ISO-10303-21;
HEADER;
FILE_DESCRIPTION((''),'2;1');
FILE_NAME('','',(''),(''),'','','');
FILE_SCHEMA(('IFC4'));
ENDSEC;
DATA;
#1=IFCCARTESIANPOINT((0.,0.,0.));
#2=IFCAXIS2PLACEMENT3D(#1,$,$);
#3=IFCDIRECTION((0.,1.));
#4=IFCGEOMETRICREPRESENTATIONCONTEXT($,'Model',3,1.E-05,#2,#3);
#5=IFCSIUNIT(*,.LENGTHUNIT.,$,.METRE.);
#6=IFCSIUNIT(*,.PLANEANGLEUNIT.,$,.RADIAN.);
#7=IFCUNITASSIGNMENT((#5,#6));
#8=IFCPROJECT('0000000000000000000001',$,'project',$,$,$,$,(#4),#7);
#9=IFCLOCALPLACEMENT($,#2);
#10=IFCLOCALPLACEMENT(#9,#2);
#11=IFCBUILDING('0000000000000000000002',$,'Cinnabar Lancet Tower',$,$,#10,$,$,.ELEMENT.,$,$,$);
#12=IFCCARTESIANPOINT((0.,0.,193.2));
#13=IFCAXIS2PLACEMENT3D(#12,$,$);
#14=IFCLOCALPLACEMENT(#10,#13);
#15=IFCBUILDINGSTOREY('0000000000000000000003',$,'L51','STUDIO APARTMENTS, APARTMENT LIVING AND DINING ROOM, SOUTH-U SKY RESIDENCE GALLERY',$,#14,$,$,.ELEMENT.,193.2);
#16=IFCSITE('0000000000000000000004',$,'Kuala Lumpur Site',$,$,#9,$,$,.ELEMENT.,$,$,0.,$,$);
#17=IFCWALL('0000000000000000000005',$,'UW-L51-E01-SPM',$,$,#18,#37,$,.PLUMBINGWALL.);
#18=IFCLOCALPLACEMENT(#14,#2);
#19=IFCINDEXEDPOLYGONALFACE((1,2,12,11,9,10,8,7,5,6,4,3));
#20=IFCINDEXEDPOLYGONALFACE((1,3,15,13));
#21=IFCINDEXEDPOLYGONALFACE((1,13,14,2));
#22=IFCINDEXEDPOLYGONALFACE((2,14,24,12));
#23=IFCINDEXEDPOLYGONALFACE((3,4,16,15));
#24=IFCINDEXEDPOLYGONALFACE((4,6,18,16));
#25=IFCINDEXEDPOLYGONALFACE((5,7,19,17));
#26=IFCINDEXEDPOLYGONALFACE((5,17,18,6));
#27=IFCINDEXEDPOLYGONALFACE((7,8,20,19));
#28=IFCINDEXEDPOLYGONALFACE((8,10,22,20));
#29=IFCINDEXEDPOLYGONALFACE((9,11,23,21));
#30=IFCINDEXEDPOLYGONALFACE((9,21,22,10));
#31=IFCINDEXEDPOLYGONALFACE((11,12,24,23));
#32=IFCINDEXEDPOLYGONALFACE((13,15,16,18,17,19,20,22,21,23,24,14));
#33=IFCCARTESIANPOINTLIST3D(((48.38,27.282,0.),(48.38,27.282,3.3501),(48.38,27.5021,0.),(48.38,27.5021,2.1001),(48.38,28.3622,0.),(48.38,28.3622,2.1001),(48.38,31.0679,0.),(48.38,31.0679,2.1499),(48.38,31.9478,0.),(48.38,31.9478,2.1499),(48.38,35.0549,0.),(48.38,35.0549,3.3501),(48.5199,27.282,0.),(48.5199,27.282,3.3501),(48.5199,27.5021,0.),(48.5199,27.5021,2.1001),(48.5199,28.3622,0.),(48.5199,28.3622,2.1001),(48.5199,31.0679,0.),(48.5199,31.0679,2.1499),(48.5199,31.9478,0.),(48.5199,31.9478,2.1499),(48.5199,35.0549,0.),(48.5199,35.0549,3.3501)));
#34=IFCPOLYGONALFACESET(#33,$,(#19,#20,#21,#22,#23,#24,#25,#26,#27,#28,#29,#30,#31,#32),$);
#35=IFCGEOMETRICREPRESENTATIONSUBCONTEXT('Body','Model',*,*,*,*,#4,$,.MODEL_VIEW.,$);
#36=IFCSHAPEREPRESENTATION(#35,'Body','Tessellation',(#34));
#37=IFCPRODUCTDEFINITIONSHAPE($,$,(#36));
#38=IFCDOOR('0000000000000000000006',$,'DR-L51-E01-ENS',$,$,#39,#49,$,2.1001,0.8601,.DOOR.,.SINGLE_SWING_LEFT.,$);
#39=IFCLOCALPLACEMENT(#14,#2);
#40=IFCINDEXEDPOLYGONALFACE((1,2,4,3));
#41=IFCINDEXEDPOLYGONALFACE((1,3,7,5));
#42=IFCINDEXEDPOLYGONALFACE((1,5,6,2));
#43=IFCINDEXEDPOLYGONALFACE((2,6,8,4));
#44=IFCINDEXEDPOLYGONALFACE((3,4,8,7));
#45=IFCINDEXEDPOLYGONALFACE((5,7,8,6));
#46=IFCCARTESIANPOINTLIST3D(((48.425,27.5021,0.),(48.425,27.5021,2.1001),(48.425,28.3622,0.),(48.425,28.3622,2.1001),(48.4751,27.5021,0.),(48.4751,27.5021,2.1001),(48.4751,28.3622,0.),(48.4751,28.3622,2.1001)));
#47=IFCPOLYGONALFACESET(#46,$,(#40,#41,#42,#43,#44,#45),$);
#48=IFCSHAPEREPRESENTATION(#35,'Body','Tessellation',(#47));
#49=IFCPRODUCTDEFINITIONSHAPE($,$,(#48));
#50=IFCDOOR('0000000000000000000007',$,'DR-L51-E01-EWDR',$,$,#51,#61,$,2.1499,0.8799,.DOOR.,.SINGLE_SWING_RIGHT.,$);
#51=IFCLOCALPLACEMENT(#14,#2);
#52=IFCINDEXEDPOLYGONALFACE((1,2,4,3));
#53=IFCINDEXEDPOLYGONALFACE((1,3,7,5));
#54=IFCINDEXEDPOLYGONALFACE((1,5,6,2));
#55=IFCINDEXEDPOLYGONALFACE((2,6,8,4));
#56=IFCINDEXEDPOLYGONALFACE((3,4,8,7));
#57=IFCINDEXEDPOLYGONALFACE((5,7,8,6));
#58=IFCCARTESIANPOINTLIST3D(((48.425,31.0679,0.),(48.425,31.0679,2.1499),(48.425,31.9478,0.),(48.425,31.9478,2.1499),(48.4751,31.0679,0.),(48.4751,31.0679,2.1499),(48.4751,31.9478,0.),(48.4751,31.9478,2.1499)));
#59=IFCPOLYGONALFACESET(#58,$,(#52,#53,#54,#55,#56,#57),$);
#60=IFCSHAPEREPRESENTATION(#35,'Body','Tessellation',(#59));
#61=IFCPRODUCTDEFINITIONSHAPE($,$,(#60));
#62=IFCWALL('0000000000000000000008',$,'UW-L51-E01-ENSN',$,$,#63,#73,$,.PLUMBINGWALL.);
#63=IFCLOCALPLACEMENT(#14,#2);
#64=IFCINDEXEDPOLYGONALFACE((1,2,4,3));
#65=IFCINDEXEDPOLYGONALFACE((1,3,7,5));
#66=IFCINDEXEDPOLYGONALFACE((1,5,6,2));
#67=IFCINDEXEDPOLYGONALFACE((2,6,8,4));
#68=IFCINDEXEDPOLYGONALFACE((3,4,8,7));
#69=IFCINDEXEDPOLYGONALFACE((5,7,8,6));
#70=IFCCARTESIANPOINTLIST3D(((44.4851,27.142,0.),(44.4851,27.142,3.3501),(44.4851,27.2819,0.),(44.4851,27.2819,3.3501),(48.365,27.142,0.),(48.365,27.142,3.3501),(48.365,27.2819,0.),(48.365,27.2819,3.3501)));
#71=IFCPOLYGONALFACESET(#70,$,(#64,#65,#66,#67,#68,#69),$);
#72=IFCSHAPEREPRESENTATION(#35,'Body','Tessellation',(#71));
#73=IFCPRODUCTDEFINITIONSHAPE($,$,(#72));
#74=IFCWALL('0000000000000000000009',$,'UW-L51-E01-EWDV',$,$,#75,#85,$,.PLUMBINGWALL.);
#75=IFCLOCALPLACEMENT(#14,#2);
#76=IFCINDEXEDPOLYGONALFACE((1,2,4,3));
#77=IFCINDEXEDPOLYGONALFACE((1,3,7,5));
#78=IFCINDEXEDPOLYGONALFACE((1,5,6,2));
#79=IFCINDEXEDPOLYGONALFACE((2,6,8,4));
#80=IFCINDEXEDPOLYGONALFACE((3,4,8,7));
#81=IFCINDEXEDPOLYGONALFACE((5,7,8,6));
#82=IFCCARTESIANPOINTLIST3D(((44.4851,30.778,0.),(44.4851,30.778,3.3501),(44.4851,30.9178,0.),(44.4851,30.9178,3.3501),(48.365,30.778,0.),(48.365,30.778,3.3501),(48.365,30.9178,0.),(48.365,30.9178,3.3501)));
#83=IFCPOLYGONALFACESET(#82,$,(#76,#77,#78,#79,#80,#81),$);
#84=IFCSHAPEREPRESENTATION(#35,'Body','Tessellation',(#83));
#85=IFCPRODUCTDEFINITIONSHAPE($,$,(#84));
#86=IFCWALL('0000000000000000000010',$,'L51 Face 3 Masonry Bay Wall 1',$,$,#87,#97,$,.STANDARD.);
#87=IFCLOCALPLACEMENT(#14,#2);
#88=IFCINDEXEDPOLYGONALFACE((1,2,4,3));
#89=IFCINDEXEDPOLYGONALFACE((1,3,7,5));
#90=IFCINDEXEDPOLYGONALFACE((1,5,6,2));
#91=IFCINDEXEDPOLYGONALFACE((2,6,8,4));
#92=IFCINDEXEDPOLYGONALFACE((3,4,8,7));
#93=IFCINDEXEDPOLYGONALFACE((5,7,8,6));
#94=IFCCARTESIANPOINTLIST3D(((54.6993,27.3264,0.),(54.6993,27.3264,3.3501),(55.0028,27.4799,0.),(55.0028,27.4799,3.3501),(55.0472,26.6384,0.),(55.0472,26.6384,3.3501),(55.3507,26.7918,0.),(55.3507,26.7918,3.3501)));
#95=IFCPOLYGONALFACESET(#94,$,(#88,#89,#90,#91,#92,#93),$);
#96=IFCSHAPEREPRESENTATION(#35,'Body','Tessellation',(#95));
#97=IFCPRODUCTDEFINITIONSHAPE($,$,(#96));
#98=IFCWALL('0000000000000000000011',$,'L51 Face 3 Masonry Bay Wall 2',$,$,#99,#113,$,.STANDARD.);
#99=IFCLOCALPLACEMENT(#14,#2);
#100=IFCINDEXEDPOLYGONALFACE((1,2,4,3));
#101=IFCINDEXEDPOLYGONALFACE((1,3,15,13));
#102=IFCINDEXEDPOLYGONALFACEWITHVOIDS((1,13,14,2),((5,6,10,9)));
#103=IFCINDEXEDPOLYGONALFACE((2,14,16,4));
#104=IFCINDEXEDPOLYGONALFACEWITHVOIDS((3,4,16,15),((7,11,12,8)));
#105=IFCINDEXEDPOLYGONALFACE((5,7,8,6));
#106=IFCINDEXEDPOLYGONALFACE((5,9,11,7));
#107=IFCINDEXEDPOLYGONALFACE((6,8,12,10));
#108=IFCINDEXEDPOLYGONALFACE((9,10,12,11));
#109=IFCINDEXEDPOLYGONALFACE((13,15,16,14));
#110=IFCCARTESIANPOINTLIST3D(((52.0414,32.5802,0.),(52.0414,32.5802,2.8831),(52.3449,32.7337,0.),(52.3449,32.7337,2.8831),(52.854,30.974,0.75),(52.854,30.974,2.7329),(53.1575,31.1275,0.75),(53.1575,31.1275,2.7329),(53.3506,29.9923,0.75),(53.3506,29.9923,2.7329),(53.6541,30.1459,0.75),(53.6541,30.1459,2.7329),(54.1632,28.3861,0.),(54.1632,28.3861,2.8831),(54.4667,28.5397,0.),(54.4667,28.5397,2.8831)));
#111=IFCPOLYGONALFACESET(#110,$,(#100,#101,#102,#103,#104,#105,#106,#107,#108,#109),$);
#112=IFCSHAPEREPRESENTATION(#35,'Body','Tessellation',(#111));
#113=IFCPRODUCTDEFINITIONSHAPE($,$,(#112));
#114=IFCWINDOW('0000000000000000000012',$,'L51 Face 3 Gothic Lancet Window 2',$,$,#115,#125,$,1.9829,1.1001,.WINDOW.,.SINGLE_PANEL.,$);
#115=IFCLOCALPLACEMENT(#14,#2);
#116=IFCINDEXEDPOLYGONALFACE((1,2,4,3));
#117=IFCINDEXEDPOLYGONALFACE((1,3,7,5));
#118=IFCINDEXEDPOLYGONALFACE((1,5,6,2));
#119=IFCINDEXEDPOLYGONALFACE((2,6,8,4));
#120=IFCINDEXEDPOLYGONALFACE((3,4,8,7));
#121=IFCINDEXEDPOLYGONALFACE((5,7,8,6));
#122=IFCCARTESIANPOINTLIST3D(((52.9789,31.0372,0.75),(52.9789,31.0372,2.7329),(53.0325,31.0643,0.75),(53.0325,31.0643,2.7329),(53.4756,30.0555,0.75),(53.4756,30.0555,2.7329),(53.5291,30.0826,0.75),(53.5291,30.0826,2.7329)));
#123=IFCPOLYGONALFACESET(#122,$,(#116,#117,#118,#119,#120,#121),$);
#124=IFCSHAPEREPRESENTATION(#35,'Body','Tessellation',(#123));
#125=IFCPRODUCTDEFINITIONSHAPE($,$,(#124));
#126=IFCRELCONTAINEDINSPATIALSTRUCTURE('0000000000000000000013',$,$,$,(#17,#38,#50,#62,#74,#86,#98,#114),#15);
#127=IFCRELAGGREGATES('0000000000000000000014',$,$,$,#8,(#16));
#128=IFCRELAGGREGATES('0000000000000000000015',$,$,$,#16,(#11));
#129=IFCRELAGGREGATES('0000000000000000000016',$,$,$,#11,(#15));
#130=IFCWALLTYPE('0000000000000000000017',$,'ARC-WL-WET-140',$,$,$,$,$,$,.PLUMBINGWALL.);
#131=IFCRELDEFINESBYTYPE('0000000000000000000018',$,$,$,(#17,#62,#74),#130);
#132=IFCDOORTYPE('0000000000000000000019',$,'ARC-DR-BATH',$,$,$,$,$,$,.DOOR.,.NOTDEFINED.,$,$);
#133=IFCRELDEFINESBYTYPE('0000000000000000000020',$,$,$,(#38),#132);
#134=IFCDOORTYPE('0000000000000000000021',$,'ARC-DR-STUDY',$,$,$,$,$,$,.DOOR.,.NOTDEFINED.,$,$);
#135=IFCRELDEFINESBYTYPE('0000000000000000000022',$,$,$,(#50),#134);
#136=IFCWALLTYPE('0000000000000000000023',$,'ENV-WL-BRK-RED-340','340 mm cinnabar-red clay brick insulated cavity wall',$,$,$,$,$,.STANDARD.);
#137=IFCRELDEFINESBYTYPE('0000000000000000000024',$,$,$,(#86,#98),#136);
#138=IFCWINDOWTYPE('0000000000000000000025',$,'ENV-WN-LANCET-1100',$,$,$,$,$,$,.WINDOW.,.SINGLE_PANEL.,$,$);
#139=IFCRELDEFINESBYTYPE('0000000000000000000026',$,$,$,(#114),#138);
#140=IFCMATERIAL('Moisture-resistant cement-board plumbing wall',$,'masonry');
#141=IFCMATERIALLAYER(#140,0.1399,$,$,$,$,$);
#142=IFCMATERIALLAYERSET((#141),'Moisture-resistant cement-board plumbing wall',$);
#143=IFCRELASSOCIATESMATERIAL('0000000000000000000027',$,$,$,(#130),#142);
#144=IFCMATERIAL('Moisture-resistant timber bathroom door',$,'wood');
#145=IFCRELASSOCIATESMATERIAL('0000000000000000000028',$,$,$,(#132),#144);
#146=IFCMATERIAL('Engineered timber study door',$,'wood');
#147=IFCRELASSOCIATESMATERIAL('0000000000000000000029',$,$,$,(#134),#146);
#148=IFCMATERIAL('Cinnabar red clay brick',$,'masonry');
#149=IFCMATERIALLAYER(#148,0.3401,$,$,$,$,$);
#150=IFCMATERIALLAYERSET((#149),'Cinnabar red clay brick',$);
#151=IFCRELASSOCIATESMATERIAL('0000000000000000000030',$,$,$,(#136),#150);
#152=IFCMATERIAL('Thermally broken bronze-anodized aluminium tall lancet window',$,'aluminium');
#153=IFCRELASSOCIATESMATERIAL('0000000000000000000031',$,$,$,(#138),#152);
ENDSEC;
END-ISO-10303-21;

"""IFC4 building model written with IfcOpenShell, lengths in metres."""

from ifc_helpers import new_model, si_unit, direction, frame, frame_2d, origin, place, context, subcontext, project, spatial, rectangle, extrude, material, layer, layer_set, type_object, element, fill, save


model = new_model("IFC4")

# Units and contexts
model_context = context("Model", 3, precision=1e-05, world=origin(), true_north=direction((0.0, 1.0)))
body_context = subcontext(model_context, "Body", "Model", "MODEL_VIEW")
ifc_project = project(units=[si_unit("LENGTHUNIT", "METRE"), si_unit("PLANEANGLEUNIT", "RADIAN")], contexts=[model_context])

# Site, building, storey
site_placement = place(None, origin())
site = spatial("IfcSite", under=ifc_project, at=site_placement, Name="Kuala Lumpur Site", CompositionType="ELEMENT", RefElevation=0.0)
building_placement = place(site_placement, origin())
building = spatial("IfcBuilding", under=site, at=building_placement, Name="Cinnabar Lancet Tower", CompositionType="ELEMENT")
storey_placement = place(building_placement, frame((0.0, 0.0, 193.2)))
storey = spatial("IfcBuildingStorey", under=building, at=storey_placement, Name="L51", Description="STUDIO APARTMENTS, APARTMENT LIVING AND DINING ROOM, SOUTH-U SKY RESIDENCE GALLERY", CompositionType="ELEMENT", Elevation=193.2)

# Wall, openings, doors
ifc_material_1 = material(Name="Moisture-resistant cement-board plumbing wall", Category="masonry")
ifc_layer_1 = layer(ifc_material_1, 0.1399)
ifc_layer_set_1 = layer_set([ifc_layer_1], Name="Moisture-resistant cement-board plumbing wall")
wall_type_1 = type_object("IfcWallType", Name="ARC-WL-WET-140", PredefinedType="PLUMBINGWALL", material=ifc_layer_set_1)
wall_1_placement = place(storey_placement, frame((48.45, 27.282, 0.0), z_axis=(0.0, 0.0, 1.0), x_axis=(0.0, 1.0, 0.0)))
wall_1 = element("IfcWall", 1, at=wall_1_placement, inside=storey, type_object=wall_type_1, Name="UW-L51-E01-SPM", PredefinedType="PLUMBINGWALL", context=body_context, shape_type="SweptSolid", body=[
    extrude(rectangle(XDim=7.7729, YDim=0.1399, at=frame_2d((3.8865, 0.0))), origin(), (0.0, 0.0, 1.0), 3.3501),
])
opening_1_placement = place(wall_1_placement, frame((0.22, 0.0, 0.0)))
opening_1 = element("IfcOpeningElement", 2, at=opening_1_placement, cuts=wall_1, PredefinedType="OPENING", context=body_context, shape_type="SweptSolid", body=[
    extrude(rectangle(XDim=0.8601, YDim=2.1001, at=frame_2d((0.4302, 1.05))), frame((0.0, 0.0798, 0.0), z_axis=(0.0, -1.0, 0.0), x_axis=(1.0, 0.0, 0.0)), (0.0, 0.0, 1.0), 0.1599),
])
opening_2_placement = place(wall_1_placement, frame((3.7859, 0.0, 0.0)))
opening_2 = element("IfcOpeningElement", 3, at=opening_2_placement, cuts=wall_1, PredefinedType="OPENING", context=body_context, shape_type="SweptSolid", body=[
    extrude(rectangle(XDim=0.8799, YDim=2.1499, at=frame_2d((0.4399, 1.075))), frame((0.0, 0.0798, 0.0), z_axis=(0.0, -1.0, 0.0), x_axis=(1.0, 0.0, 0.0)), (0.0, 0.0, 1.0), 0.1599),
])
ifc_material_2 = material(Name="Moisture-resistant timber bathroom door", Category="wood")
door_type_1 = type_object("IfcDoorType", Name="ARC-DR-BATH", OperationType="NOTDEFINED", PredefinedType="DOOR", material=ifc_material_2)
door_1_placement = place(opening_1_placement, origin())
door_1 = element("IfcDoor", 4, at=door_1_placement, inside=storey, type_object=door_type_1, Name="DR-L51-E01-ENS", OperationType="SINGLE_SWING_LEFT", OverallHeight=2.1001, OverallWidth=0.8601, PredefinedType="DOOR", context=body_context, shape_type="SweptSolid", body=[
    extrude(rectangle(XDim=0.8601, YDim=2.1001, at=frame_2d((0.4302, 1.05))), frame((0.0, 0.0249, 0.0), z_axis=(0.0, -1.0, 0.0), x_axis=(1.0, 0.0, 0.0)), (0.0, 0.0, 1.0), 0.05),
])
fill(opening_1, door_1)
ifc_material_3 = material(Name="Engineered timber study door", Category="wood")
door_type_2 = type_object("IfcDoorType", Name="ARC-DR-STUDY", OperationType="NOTDEFINED", PredefinedType="DOOR", material=ifc_material_3)
door_2_placement = place(opening_2_placement, origin())
door_2 = element("IfcDoor", 5, at=door_2_placement, inside=storey, type_object=door_type_2, Name="DR-L51-E01-EWDR", OperationType="SINGLE_SWING_RIGHT", OverallHeight=2.1499, OverallWidth=0.8799, PredefinedType="DOOR", context=body_context, shape_type="SweptSolid", body=[
    extrude(rectangle(XDim=0.8799, YDim=2.1499, at=frame_2d((0.4399, 1.075))), frame((0.0, 0.0249, 0.0), z_axis=(0.0, -1.0, 0.0), x_axis=(1.0, 0.0, 0.0)), (0.0, 0.0, 1.0), 0.05),
])
fill(opening_2, door_2)

# Walls
for number, where, z_axis, x_axis, name in (
    (6, (44.4851, 27.2119, 0.0), (0.0, 0.0, 1.0), (1.0, 0.0, 0.0), "UW-L51-E01-ENSN"),
    (7, (44.4851, 30.8479, 0.0), (0.0, 0.0, 1.0), (1.0, 0.0, 0.0), "UW-L51-E01-EWDV"),
):
    element("IfcWall", number, at=place(storey_placement, frame(where, z_axis=z_axis, x_axis=x_axis)), inside=storey, type_object=wall_type_1, Name=name, PredefinedType="PLUMBINGWALL", context=body_context, shape_type="SweptSolid", body=[
        extrude(rectangle(XDim=3.8799, YDim=0.1399, at=frame_2d((1.9399, 0.0))), origin(), (0.0, 0.0, 1.0), 3.3501),
    ])
ifc_material_4 = material(Name="Cinnabar red clay brick", Category="masonry")
ifc_layer_2 = layer(ifc_material_4, 0.3401)
ifc_layer_set_2 = layer_set([ifc_layer_2], Name="Cinnabar red clay brick")
wall_type_2 = type_object("IfcWallType", Name="ENV-WL-BRK-RED-340", Description="340 mm cinnabar-red clay brick insulated cavity wall", PredefinedType="STANDARD", material=ifc_layer_set_2)
wall_2_placement = place(storey_placement, frame((55.199, 26.7151, 0.0), z_axis=(0.0, 0.0, 1.0), x_axis=(-0.451262, 0.892391, 0.0)))
element("IfcWall", 8, at=wall_2_placement, inside=storey, type_object=wall_type_2, Name="L51 Face 3 Masonry Bay Wall 1", PredefinedType="STANDARD", context=body_context, shape_type="SweptSolid", body=[
    extrude(rectangle(XDim=0.771, YDim=0.3401, at=frame_2d((0.3855, 0.0))), origin(), (0.0, 0.0, 1.0), 3.3501),
])

# Wall, opening, window
wall_3_placement = place(storey_placement, frame((54.3149, 28.4629, 0.0), z_axis=(0.0, 0.0, 1.0), x_axis=(-0.451426, 0.892308, 0.0)))
wall_3 = element("IfcWall", 9, at=wall_3_placement, inside=storey, type_object=wall_type_2, Name="L51 Face 3 Masonry Bay Wall 2", PredefinedType="STANDARD", context=body_context, shape_type="SweptSolid", body=[
    extrude(rectangle(XDim=4.7002, YDim=0.3401, at=frame_2d((2.3501, 0.0))), origin(), (0.0, 0.0, 1.0), 2.8831),
])
opening_3_placement = place(wall_3_placement, frame((1.8, 0.0, 0.75)))
opening_3 = element("IfcOpeningElement", 10, at=opening_3_placement, cuts=wall_3, PredefinedType="OPENING", context=body_context, shape_type="SweptSolid", body=[
    extrude(rectangle(XDim=1.1001, YDim=1.9829, at=frame_2d((0.55, 0.9915))), frame((0.0, 0.1799, 0.0), z_axis=(0.0, -1.0, 0.0), x_axis=(1.0, 0.0, 0.0)), (0.0, 0.0, 1.0), 0.3601),
])
ifc_material_5 = material(Name="Thermally broken bronze-anodized aluminium tall lancet window", Category="aluminium")
window_type = type_object("IfcWindowType", Name="ENV-WN-LANCET-1100", PartitioningType="SINGLE_PANEL", PredefinedType="WINDOW", material=ifc_material_5)
window_placement = place(opening_3_placement, origin())
window = element("IfcWindow", 11, at=window_placement, inside=storey, type_object=window_type, Name="L51 Face 3 Gothic Lancet Window 2", OverallHeight=1.9829, OverallWidth=1.1001, PartitioningType="SINGLE_PANEL", PredefinedType="WINDOW", context=body_context, shape_type="SweptSolid", body=[
    extrude(rectangle(XDim=1.1001, YDim=1.9829, at=frame_2d((0.55, 0.9915))), frame((0.0, 0.03, 0.0), z_axis=(0.0, -1.0, 0.0), x_axis=(1.0, 0.0, 0.0)), (0.0, 0.0, 1.0), 0.0601),
])
fill(opening_3, window)

save(model, "model.ifc")
